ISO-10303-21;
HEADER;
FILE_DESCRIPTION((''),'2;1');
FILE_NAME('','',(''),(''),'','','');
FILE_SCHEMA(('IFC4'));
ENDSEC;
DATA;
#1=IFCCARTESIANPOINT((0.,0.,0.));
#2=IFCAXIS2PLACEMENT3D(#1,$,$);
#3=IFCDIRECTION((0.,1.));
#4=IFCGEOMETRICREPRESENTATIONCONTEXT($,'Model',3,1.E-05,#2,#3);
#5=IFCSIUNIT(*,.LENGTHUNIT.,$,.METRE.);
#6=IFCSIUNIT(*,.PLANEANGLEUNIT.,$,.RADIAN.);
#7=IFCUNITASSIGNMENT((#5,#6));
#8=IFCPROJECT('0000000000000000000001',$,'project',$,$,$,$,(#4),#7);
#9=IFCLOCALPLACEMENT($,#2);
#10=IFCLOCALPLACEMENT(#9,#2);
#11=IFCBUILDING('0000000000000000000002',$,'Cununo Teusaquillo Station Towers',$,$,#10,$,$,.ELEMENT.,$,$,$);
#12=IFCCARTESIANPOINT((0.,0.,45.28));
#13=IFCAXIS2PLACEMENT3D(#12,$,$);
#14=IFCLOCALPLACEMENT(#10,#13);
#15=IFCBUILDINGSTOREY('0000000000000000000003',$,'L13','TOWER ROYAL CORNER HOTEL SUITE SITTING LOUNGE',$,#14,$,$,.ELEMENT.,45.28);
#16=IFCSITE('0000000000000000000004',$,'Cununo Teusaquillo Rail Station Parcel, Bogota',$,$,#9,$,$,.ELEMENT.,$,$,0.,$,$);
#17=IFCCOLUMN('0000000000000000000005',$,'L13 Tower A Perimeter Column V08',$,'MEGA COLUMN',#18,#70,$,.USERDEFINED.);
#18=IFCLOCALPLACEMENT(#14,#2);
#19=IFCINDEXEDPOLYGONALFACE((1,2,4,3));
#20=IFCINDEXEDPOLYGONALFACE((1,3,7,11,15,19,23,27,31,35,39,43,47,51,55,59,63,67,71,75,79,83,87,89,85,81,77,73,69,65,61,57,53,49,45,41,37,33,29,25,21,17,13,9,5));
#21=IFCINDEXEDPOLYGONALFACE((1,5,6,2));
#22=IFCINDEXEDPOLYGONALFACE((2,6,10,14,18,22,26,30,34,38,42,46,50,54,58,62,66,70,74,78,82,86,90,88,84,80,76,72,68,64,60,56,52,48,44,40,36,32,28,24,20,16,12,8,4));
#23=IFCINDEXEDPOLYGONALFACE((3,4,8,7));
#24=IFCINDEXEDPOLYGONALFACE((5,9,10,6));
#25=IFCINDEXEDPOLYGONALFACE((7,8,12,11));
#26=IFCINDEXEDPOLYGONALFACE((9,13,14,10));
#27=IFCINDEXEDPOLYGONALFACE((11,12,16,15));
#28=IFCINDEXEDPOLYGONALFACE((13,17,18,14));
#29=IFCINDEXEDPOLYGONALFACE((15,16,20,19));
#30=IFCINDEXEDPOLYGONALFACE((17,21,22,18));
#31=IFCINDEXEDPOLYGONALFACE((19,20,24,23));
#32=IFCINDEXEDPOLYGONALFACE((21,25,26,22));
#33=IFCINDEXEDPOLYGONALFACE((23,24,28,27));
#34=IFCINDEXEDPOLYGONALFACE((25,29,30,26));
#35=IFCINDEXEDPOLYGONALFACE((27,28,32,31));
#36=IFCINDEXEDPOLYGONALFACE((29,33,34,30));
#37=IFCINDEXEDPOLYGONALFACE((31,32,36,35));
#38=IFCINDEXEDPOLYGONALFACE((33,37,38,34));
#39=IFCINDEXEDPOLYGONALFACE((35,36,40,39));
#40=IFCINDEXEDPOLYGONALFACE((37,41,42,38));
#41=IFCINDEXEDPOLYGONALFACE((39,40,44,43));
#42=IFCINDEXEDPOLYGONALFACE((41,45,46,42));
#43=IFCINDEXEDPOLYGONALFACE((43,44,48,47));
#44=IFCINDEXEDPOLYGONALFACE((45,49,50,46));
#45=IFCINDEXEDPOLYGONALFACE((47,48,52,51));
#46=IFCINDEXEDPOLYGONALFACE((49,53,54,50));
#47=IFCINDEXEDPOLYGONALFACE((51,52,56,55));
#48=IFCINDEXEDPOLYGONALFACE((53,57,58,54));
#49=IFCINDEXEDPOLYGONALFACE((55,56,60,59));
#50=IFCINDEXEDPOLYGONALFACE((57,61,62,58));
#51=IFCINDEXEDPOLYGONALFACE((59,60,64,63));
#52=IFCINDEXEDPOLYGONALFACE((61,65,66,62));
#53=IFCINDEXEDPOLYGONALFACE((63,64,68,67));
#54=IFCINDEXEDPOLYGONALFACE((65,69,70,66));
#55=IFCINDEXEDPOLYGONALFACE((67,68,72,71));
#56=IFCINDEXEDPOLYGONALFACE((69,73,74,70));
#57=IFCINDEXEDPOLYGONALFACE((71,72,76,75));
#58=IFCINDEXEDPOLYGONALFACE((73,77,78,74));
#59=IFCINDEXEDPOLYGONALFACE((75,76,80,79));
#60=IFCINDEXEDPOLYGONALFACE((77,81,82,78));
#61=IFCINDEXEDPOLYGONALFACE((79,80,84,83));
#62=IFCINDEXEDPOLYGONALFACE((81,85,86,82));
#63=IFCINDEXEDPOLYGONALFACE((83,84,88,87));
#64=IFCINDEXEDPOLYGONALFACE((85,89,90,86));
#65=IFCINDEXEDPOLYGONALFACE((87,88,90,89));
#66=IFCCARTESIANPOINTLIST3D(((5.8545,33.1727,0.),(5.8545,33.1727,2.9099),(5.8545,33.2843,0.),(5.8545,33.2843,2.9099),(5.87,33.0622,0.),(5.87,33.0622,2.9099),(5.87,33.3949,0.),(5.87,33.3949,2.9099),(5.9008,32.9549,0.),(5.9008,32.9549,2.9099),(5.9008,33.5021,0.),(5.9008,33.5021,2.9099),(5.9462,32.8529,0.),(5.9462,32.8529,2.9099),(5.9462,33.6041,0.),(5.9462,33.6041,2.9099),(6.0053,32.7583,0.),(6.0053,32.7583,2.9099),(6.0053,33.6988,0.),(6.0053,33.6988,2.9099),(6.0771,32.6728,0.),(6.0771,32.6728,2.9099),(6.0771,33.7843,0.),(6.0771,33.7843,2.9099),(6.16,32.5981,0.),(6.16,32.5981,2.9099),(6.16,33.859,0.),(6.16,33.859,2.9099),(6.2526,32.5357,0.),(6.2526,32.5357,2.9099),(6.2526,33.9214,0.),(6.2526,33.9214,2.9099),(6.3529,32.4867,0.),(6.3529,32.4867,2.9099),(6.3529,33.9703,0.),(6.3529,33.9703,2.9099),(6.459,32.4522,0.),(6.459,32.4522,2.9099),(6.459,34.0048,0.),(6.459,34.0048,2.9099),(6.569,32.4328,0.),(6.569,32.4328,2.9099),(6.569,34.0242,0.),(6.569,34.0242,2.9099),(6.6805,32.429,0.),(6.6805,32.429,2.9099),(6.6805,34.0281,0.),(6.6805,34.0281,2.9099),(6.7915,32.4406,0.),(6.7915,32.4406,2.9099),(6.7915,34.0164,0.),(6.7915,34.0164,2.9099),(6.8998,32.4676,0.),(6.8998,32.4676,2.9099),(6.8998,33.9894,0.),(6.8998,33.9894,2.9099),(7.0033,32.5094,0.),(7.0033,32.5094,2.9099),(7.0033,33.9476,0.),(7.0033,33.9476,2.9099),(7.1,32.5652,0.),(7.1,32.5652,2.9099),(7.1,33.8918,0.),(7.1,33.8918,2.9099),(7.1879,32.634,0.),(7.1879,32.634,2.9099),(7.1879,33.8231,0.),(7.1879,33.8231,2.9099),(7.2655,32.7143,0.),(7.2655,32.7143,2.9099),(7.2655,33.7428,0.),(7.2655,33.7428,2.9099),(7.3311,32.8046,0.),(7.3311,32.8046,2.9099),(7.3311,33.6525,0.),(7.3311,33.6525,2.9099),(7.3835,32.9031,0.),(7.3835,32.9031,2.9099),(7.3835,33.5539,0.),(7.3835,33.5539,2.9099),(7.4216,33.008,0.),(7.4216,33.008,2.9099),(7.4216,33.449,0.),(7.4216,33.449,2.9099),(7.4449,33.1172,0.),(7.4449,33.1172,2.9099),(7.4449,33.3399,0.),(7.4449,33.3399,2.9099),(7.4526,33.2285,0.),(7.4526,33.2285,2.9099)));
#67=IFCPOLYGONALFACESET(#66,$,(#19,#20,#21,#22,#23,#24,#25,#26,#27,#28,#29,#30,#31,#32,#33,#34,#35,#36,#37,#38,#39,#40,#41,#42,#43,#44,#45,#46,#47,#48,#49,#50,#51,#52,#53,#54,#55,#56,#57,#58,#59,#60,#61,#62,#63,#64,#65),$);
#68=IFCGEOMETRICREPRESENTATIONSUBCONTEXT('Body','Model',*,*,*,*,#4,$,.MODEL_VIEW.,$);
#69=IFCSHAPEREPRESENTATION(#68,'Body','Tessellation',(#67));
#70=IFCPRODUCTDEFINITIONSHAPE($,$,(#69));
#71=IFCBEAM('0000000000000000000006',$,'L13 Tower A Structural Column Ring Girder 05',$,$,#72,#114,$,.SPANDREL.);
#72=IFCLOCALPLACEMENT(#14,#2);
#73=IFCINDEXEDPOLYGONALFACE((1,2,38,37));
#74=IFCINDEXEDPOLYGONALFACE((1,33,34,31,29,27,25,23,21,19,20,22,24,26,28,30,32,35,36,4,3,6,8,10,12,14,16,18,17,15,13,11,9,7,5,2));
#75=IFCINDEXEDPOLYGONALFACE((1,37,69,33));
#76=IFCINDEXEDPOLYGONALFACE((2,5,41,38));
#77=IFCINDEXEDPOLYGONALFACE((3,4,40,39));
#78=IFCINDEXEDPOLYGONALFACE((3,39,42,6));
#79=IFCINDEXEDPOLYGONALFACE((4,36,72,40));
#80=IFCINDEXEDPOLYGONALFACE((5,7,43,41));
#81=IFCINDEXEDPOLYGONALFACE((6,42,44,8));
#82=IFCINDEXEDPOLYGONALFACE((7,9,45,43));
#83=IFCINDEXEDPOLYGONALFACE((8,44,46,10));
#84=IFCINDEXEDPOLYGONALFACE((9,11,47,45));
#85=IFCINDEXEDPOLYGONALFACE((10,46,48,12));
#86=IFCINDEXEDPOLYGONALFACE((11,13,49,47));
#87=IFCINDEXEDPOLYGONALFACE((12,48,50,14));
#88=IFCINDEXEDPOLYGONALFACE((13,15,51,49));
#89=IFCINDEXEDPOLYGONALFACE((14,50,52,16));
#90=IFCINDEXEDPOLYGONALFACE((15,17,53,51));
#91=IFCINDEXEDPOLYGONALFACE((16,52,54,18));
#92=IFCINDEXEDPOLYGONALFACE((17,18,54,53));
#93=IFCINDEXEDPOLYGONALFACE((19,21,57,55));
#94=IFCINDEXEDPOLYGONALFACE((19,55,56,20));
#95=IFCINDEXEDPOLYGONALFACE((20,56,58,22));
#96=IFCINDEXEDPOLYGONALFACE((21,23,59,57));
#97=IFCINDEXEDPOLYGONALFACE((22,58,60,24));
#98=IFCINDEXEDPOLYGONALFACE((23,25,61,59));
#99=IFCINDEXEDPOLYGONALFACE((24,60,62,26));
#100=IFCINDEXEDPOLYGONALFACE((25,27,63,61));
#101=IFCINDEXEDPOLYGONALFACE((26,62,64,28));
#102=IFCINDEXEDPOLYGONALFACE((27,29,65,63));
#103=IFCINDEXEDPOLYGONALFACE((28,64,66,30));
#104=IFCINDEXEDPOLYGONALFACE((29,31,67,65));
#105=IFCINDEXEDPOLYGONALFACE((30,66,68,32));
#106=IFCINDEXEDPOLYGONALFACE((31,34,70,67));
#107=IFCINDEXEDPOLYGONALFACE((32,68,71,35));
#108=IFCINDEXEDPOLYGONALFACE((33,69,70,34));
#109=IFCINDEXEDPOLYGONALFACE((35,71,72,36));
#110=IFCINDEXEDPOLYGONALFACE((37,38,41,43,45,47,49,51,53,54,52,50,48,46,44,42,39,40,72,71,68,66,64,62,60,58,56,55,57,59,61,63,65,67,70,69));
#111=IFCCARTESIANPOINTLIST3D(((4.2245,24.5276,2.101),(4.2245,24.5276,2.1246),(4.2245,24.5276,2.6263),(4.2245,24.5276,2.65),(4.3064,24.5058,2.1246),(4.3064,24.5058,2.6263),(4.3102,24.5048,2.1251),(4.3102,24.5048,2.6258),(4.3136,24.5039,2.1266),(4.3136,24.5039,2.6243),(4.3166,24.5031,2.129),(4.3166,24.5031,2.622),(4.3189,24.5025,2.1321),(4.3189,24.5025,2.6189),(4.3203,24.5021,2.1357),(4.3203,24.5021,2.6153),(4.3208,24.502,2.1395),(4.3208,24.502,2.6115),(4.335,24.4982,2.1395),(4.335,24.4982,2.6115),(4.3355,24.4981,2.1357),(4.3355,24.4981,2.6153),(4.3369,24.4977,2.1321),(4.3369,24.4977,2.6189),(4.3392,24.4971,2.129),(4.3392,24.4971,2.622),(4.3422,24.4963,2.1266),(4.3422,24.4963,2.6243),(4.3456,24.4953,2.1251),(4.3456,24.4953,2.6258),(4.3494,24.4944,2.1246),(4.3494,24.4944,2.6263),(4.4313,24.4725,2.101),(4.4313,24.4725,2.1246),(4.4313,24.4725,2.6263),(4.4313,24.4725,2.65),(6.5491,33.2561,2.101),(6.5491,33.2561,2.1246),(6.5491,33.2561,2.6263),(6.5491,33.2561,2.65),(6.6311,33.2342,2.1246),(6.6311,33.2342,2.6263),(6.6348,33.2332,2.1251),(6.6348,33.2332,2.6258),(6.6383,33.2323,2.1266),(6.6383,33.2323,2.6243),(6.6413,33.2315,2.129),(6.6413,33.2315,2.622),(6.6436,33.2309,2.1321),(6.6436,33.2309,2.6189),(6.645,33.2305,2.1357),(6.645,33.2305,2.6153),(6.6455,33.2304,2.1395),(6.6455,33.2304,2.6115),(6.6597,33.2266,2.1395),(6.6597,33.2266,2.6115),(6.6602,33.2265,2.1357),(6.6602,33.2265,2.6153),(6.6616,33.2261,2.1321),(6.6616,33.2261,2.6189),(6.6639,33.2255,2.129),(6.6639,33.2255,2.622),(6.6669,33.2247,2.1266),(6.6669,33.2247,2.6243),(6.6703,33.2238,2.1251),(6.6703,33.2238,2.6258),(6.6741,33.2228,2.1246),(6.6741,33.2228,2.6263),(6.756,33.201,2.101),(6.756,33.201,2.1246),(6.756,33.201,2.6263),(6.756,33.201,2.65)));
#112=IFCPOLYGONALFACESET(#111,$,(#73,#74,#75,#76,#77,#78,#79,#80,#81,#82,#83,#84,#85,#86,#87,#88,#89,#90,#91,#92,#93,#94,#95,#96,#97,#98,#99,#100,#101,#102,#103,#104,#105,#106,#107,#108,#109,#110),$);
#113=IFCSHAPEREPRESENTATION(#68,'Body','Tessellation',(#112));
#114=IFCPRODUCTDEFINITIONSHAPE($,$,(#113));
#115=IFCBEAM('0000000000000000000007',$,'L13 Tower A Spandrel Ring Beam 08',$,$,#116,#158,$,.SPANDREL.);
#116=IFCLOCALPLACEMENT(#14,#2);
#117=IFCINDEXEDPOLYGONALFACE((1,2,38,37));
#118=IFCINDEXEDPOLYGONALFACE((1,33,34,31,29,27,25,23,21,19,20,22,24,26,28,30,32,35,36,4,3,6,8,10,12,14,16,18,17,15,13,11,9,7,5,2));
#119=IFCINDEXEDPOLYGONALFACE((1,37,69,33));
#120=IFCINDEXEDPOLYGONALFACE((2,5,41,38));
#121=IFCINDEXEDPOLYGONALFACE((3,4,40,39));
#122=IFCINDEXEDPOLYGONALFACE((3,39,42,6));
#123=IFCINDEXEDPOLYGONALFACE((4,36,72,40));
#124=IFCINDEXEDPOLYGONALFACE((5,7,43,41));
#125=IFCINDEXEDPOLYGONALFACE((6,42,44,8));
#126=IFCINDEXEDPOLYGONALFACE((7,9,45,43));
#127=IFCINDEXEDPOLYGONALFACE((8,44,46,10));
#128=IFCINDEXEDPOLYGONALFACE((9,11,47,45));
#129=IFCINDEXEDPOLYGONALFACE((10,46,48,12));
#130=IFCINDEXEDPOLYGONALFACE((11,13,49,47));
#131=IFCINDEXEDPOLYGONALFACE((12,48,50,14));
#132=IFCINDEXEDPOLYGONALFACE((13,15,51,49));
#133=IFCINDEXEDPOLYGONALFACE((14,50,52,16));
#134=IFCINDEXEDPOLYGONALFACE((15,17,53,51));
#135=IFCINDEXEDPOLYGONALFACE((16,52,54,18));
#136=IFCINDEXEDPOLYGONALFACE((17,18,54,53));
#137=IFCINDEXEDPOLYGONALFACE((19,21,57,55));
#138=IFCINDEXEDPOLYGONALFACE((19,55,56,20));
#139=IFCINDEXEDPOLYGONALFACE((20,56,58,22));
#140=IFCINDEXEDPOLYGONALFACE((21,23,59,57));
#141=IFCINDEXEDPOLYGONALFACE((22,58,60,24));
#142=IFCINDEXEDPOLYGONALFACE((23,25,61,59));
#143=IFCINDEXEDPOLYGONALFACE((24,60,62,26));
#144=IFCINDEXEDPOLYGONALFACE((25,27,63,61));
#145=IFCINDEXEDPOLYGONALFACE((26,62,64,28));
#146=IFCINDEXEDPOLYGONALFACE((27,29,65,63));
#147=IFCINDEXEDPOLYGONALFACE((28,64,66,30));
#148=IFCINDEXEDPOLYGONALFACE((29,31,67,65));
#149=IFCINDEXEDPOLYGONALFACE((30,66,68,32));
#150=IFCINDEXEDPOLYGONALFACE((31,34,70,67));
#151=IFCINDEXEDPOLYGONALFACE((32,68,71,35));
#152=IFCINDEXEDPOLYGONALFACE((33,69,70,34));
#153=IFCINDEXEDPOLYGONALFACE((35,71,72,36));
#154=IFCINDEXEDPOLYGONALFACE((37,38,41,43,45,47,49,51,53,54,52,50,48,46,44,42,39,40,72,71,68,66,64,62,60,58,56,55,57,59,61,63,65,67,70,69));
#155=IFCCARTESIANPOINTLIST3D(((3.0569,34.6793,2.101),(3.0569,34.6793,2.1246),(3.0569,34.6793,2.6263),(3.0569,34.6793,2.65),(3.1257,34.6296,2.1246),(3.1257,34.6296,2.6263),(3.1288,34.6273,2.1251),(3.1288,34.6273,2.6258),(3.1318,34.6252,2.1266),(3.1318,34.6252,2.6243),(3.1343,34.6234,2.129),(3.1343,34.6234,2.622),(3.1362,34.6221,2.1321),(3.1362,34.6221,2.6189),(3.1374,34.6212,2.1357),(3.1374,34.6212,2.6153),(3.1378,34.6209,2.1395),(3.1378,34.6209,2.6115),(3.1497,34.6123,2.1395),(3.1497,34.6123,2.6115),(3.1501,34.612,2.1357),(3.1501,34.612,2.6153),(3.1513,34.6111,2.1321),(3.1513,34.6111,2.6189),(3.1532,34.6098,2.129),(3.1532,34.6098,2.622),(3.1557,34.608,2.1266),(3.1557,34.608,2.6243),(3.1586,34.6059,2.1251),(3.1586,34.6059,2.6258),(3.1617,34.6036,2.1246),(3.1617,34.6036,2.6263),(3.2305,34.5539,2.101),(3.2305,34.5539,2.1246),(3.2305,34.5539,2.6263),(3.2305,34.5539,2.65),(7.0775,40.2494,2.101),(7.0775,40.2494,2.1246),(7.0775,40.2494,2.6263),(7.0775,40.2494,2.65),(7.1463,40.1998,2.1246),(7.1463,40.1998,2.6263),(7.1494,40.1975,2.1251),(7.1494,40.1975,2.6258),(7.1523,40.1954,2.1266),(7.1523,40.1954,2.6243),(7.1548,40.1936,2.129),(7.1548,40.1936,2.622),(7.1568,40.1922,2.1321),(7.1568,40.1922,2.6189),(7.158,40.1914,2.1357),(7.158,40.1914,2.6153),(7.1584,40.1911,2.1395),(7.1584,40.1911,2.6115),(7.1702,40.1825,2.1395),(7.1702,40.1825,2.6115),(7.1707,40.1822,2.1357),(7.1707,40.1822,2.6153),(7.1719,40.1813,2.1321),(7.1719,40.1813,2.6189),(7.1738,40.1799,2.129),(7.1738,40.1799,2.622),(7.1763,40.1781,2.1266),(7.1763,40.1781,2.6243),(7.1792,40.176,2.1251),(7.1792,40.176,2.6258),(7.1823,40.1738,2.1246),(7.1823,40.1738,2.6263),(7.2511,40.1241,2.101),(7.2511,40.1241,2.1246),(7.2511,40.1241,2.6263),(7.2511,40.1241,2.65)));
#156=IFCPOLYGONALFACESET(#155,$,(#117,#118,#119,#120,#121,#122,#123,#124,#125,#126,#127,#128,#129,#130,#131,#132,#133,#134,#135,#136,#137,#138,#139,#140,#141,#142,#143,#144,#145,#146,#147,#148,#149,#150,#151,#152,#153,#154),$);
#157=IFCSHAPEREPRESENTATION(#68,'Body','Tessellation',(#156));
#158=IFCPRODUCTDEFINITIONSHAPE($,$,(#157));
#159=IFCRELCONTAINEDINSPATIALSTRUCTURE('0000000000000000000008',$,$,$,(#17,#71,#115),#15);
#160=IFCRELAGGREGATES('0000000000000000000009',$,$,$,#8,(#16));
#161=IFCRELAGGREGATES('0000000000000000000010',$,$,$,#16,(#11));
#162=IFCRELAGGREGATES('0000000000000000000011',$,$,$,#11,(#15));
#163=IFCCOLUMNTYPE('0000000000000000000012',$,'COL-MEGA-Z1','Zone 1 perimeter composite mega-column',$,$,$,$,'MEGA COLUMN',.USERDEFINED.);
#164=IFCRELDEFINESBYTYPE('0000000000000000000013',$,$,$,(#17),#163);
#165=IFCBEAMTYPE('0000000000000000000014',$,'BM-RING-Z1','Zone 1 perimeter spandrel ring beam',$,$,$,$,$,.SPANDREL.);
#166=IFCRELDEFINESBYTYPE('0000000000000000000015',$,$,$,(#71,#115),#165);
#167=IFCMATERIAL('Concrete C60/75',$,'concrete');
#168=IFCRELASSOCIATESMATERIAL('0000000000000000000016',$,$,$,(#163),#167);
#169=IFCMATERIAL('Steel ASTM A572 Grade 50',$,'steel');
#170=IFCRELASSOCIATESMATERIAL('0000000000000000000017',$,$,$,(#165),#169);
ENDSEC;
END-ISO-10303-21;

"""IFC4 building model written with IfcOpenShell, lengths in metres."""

from ifc_helpers import new_model, si_unit, direction, frame, origin, origin_2d, place, context, subcontext, project, spatial, circle, i_section, extrude, material, material_profile, profile_set, type_object, element, save


model = new_model("IFC4")

# Units and contexts
model_context = context("Model", 3, precision=1e-05, world=origin(), true_north=direction((0.0, 1.0)))
body_context = subcontext(model_context, "Body", "Model", "MODEL_VIEW")
ifc_project = project(units=[si_unit("LENGTHUNIT", "METRE"), si_unit("PLANEANGLEUNIT", "RADIAN")], contexts=[model_context])

# Site, building, storey
site_placement = place(None, origin())
site = spatial("IfcSite", under=ifc_project, at=site_placement, Name="Cununo Teusaquillo Rail Station Parcel, Bogota", CompositionType="ELEMENT", RefElevation=0.0)
building_placement = place(site_placement, origin())
building = spatial("IfcBuilding", under=site, at=building_placement, Name="Cununo Teusaquillo Station Towers", CompositionType="ELEMENT")
storey_placement = place(building_placement, frame((0.0, 0.0, 45.28)))
storey = spatial("IfcBuildingStorey", under=building, at=storey_placement, Name="L13", Description="TOWER ROYAL CORNER HOTEL SUITE SITTING LOUNGE", CompositionType="ELEMENT", Elevation=45.28)

# Column
ifc_material_1 = material(Name="Concrete C60/75", Category="concrete")
ifc_material_profile_1 = material_profile(ifc_material_1, circle(Radius=0.8, at=origin_2d()), Name="RC-CIRC-1600")
ifc_profile_set_1 = profile_set([ifc_material_profile_1], Name="Concrete C60/75")
column_type = type_object("IfcColumnType", Name="COL-MEGA-Z1", Description="Zone 1 perimeter composite mega-column", ElementType="MEGA COLUMN", PredefinedType="USERDEFINED", material=ifc_profile_set_1)
column_placement = place(storey_placement, frame((6.6526, 33.2285, 0.0), z_axis=(0.0, 0.0, 1.0), x_axis=(1.0, 0.0, 0.0)))
element("IfcColumn", 1, at=column_placement, inside=storey, type_object=column_type, Name="L13 Tower A Perimeter Column V08", ObjectType="MEGA COLUMN", PredefinedType="USERDEFINED", context=body_context, shape_type="SweptSolid", body=[
    extrude(circle(Radius=0.8, at=origin_2d()), origin(), (0.0, 0.0, 1.0), 2.9099),
])

# Beams
ifc_material_2 = material(Name="Steel ASTM A572 Grade 50", Category="steel")
ifc_material_profile_2 = material_profile(ifc_material_2, i_section(OverallWidth=0.2141, OverallDepth=0.5491, WebThickness=0.0146, FlangeThickness=0.0237, FilletRadius=0.0149, at=origin_2d()), Name="W21X93")
ifc_profile_set_2 = profile_set([ifc_material_profile_2], Name="Steel ASTM A572 Grade 50")
beam_type = type_object("IfcBeamType", Name="BM-RING-Z1", Description="Zone 1 perimeter spandrel ring beam", PredefinedType="SPANDREL", material=ifc_profile_set_2)
beam_1_placement = place(storey_placement, frame((6.6526, 33.2285, 2.3755), z_axis=(-0.257363, -0.966315, 0.0), x_axis=(0.966315, -0.257363, 0.0)))
element("IfcBeam", 2, at=beam_1_placement, inside=storey, type_object=beam_type, Name="L13 Tower A Structural Column Ring Girder 05", PredefinedType="SPANDREL", context=body_context, shape_type="SweptSolid", body=[
    extrude(i_section(OverallWidth=0.2141, OverallDepth=0.5491, WebThickness=0.0146, FlangeThickness=0.0237, FilletRadius=0.0149, at=origin_2d()), origin(), (0.0, 0.0, 1.0), 9.0327),
])
beam_2_placement = place(storey_placement, frame((7.1643, 40.1868, 2.3755), z_axis=(-0.585269, -0.810839, 0.0), x_axis=(0.810839, -0.585269, 0.0)))
element("IfcBeam", 3, at=beam_2_placement, inside=storey, type_object=beam_type, Name="L13 Tower A Spandrel Ring Beam 08", PredefinedType="SPANDREL", context=body_context, shape_type="SweptSolid", body=[
    extrude(i_section(OverallWidth=0.2141, OverallDepth=0.5491, WebThickness=0.0146, FlangeThickness=0.0237, FilletRadius=0.0149, at=origin_2d()), origin(), (0.0, 0.0, 1.0), 6.8696),
])

save(model, "model.ifc")
